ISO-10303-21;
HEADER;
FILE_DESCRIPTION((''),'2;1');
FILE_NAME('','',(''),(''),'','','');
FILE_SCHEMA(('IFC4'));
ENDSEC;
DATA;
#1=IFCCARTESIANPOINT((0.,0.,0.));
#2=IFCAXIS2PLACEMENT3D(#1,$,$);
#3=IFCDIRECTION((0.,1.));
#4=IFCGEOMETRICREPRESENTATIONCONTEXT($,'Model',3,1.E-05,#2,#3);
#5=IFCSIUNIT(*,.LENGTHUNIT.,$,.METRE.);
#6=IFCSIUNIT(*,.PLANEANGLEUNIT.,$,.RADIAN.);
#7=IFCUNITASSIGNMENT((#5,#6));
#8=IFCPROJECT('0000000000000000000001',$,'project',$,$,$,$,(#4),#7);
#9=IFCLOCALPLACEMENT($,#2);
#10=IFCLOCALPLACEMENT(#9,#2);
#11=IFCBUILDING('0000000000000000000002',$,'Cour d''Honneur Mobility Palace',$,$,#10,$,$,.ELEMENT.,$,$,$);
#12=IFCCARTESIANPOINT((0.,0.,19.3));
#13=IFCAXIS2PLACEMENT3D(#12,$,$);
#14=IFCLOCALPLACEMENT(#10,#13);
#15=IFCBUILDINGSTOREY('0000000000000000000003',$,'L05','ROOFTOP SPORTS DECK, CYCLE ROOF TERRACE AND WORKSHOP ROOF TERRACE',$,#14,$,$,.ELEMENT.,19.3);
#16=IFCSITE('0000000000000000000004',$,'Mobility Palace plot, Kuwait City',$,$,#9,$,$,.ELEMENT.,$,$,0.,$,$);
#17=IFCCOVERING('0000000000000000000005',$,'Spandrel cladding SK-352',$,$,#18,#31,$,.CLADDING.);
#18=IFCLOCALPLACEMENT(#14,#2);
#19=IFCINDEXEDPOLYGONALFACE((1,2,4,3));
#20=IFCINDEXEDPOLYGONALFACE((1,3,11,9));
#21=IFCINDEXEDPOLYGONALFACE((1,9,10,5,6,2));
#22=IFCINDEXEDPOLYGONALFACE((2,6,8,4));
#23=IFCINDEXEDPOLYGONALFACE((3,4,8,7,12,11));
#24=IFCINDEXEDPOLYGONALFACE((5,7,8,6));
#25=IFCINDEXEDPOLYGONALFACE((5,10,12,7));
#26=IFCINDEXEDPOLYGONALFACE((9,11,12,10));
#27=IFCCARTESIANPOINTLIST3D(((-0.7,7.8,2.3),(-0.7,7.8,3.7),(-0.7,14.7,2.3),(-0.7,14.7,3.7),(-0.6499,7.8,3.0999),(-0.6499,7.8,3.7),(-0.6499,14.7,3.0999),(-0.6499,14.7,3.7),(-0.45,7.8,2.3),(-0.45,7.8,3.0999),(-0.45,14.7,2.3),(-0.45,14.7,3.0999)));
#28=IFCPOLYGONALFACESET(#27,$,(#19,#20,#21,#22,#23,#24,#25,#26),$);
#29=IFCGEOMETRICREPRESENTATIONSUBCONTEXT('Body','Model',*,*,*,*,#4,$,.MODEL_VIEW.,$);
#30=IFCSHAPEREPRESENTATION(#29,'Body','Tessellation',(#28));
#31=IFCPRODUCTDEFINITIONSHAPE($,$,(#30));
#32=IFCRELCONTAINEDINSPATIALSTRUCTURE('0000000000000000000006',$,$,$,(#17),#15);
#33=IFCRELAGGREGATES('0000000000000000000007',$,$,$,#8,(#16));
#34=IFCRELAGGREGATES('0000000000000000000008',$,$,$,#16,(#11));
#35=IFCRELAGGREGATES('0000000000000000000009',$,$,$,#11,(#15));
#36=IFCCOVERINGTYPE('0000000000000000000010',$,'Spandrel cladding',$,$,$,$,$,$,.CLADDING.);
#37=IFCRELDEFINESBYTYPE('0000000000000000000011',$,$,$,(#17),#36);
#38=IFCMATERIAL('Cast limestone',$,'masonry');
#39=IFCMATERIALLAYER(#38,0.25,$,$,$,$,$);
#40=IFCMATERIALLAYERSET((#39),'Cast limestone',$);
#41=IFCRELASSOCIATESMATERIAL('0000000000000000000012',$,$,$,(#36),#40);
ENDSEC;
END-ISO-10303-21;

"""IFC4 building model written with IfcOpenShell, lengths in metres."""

from ifc_helpers import new_model, si_unit, direction, frame, origin, place, context, subcontext, project, spatial, polyline, outline, extrude, material, layer, layer_set, type_object, element, save


model = new_model("IFC4")

# Units and contexts
model_context = context("Model", 3, precision=1e-05, world=origin(), true_north=direction((0.0, 1.0)))
body_context = subcontext(model_context, "Body", "Model", "MODEL_VIEW")
ifc_project = project(units=[si_unit("LENGTHUNIT", "METRE"), si_unit("PLANEANGLEUNIT", "RADIAN")], contexts=[model_context])

# Site, building, storey
site_placement = place(None, origin())
site = spatial("IfcSite", under=ifc_project, at=site_placement, Name="Mobility Palace plot, Kuwait City", CompositionType="ELEMENT", RefElevation=0.0)
building_placement = place(site_placement, origin())
building = spatial("IfcBuilding", under=site, at=building_placement, Name="Cour d'Honneur Mobility Palace", CompositionType="ELEMENT")
storey_placement = place(building_placement, frame((0.0, 0.0, 19.3)))
storey = spatial("IfcBuildingStorey", under=building, at=storey_placement, Name="L05", Description="ROOFTOP SPORTS DECK, CYCLE ROOF TERRACE AND WORKSHOP ROOF TERRACE", CompositionType="ELEMENT", Elevation=19.3)

# Covering
ifc_material_1 = material(Name="Cast limestone", Category="masonry")
ifc_layer_1 = layer(ifc_material_1, 0.25)
ifc_layer_set_1 = layer_set([ifc_layer_1], Name="Cast limestone")
covering_type = type_object("IfcCoveringType", Name="Spandrel cladding", PredefinedType="CLADDING", material=ifc_layer_set_1)
covering_placement = place(storey_placement, frame((-0.45, 14.7, 2.3), z_axis=(0.0, 1.0, 0.0), x_axis=(-1.0, 0.0, 0.0)))
element("IfcCovering", 1, at=covering_placement, inside=storey, type_object=covering_type, Name="Spandrel cladding SK-352", PredefinedType="CLADDING", context=body_context, shape_type="SweptSolid", body=[
    extrude(outline(polyline([(0.0, 0.0), (0.25, 0.0), (0.25, 1.3999), (0.2, 1.3999), (0.2, 0.7998), (0.0, 0.7998), (0.0, 0.0)])), origin(), (0.0, 0.0, -1.0), 6.8999),
])

save(model, "model.ifc")
